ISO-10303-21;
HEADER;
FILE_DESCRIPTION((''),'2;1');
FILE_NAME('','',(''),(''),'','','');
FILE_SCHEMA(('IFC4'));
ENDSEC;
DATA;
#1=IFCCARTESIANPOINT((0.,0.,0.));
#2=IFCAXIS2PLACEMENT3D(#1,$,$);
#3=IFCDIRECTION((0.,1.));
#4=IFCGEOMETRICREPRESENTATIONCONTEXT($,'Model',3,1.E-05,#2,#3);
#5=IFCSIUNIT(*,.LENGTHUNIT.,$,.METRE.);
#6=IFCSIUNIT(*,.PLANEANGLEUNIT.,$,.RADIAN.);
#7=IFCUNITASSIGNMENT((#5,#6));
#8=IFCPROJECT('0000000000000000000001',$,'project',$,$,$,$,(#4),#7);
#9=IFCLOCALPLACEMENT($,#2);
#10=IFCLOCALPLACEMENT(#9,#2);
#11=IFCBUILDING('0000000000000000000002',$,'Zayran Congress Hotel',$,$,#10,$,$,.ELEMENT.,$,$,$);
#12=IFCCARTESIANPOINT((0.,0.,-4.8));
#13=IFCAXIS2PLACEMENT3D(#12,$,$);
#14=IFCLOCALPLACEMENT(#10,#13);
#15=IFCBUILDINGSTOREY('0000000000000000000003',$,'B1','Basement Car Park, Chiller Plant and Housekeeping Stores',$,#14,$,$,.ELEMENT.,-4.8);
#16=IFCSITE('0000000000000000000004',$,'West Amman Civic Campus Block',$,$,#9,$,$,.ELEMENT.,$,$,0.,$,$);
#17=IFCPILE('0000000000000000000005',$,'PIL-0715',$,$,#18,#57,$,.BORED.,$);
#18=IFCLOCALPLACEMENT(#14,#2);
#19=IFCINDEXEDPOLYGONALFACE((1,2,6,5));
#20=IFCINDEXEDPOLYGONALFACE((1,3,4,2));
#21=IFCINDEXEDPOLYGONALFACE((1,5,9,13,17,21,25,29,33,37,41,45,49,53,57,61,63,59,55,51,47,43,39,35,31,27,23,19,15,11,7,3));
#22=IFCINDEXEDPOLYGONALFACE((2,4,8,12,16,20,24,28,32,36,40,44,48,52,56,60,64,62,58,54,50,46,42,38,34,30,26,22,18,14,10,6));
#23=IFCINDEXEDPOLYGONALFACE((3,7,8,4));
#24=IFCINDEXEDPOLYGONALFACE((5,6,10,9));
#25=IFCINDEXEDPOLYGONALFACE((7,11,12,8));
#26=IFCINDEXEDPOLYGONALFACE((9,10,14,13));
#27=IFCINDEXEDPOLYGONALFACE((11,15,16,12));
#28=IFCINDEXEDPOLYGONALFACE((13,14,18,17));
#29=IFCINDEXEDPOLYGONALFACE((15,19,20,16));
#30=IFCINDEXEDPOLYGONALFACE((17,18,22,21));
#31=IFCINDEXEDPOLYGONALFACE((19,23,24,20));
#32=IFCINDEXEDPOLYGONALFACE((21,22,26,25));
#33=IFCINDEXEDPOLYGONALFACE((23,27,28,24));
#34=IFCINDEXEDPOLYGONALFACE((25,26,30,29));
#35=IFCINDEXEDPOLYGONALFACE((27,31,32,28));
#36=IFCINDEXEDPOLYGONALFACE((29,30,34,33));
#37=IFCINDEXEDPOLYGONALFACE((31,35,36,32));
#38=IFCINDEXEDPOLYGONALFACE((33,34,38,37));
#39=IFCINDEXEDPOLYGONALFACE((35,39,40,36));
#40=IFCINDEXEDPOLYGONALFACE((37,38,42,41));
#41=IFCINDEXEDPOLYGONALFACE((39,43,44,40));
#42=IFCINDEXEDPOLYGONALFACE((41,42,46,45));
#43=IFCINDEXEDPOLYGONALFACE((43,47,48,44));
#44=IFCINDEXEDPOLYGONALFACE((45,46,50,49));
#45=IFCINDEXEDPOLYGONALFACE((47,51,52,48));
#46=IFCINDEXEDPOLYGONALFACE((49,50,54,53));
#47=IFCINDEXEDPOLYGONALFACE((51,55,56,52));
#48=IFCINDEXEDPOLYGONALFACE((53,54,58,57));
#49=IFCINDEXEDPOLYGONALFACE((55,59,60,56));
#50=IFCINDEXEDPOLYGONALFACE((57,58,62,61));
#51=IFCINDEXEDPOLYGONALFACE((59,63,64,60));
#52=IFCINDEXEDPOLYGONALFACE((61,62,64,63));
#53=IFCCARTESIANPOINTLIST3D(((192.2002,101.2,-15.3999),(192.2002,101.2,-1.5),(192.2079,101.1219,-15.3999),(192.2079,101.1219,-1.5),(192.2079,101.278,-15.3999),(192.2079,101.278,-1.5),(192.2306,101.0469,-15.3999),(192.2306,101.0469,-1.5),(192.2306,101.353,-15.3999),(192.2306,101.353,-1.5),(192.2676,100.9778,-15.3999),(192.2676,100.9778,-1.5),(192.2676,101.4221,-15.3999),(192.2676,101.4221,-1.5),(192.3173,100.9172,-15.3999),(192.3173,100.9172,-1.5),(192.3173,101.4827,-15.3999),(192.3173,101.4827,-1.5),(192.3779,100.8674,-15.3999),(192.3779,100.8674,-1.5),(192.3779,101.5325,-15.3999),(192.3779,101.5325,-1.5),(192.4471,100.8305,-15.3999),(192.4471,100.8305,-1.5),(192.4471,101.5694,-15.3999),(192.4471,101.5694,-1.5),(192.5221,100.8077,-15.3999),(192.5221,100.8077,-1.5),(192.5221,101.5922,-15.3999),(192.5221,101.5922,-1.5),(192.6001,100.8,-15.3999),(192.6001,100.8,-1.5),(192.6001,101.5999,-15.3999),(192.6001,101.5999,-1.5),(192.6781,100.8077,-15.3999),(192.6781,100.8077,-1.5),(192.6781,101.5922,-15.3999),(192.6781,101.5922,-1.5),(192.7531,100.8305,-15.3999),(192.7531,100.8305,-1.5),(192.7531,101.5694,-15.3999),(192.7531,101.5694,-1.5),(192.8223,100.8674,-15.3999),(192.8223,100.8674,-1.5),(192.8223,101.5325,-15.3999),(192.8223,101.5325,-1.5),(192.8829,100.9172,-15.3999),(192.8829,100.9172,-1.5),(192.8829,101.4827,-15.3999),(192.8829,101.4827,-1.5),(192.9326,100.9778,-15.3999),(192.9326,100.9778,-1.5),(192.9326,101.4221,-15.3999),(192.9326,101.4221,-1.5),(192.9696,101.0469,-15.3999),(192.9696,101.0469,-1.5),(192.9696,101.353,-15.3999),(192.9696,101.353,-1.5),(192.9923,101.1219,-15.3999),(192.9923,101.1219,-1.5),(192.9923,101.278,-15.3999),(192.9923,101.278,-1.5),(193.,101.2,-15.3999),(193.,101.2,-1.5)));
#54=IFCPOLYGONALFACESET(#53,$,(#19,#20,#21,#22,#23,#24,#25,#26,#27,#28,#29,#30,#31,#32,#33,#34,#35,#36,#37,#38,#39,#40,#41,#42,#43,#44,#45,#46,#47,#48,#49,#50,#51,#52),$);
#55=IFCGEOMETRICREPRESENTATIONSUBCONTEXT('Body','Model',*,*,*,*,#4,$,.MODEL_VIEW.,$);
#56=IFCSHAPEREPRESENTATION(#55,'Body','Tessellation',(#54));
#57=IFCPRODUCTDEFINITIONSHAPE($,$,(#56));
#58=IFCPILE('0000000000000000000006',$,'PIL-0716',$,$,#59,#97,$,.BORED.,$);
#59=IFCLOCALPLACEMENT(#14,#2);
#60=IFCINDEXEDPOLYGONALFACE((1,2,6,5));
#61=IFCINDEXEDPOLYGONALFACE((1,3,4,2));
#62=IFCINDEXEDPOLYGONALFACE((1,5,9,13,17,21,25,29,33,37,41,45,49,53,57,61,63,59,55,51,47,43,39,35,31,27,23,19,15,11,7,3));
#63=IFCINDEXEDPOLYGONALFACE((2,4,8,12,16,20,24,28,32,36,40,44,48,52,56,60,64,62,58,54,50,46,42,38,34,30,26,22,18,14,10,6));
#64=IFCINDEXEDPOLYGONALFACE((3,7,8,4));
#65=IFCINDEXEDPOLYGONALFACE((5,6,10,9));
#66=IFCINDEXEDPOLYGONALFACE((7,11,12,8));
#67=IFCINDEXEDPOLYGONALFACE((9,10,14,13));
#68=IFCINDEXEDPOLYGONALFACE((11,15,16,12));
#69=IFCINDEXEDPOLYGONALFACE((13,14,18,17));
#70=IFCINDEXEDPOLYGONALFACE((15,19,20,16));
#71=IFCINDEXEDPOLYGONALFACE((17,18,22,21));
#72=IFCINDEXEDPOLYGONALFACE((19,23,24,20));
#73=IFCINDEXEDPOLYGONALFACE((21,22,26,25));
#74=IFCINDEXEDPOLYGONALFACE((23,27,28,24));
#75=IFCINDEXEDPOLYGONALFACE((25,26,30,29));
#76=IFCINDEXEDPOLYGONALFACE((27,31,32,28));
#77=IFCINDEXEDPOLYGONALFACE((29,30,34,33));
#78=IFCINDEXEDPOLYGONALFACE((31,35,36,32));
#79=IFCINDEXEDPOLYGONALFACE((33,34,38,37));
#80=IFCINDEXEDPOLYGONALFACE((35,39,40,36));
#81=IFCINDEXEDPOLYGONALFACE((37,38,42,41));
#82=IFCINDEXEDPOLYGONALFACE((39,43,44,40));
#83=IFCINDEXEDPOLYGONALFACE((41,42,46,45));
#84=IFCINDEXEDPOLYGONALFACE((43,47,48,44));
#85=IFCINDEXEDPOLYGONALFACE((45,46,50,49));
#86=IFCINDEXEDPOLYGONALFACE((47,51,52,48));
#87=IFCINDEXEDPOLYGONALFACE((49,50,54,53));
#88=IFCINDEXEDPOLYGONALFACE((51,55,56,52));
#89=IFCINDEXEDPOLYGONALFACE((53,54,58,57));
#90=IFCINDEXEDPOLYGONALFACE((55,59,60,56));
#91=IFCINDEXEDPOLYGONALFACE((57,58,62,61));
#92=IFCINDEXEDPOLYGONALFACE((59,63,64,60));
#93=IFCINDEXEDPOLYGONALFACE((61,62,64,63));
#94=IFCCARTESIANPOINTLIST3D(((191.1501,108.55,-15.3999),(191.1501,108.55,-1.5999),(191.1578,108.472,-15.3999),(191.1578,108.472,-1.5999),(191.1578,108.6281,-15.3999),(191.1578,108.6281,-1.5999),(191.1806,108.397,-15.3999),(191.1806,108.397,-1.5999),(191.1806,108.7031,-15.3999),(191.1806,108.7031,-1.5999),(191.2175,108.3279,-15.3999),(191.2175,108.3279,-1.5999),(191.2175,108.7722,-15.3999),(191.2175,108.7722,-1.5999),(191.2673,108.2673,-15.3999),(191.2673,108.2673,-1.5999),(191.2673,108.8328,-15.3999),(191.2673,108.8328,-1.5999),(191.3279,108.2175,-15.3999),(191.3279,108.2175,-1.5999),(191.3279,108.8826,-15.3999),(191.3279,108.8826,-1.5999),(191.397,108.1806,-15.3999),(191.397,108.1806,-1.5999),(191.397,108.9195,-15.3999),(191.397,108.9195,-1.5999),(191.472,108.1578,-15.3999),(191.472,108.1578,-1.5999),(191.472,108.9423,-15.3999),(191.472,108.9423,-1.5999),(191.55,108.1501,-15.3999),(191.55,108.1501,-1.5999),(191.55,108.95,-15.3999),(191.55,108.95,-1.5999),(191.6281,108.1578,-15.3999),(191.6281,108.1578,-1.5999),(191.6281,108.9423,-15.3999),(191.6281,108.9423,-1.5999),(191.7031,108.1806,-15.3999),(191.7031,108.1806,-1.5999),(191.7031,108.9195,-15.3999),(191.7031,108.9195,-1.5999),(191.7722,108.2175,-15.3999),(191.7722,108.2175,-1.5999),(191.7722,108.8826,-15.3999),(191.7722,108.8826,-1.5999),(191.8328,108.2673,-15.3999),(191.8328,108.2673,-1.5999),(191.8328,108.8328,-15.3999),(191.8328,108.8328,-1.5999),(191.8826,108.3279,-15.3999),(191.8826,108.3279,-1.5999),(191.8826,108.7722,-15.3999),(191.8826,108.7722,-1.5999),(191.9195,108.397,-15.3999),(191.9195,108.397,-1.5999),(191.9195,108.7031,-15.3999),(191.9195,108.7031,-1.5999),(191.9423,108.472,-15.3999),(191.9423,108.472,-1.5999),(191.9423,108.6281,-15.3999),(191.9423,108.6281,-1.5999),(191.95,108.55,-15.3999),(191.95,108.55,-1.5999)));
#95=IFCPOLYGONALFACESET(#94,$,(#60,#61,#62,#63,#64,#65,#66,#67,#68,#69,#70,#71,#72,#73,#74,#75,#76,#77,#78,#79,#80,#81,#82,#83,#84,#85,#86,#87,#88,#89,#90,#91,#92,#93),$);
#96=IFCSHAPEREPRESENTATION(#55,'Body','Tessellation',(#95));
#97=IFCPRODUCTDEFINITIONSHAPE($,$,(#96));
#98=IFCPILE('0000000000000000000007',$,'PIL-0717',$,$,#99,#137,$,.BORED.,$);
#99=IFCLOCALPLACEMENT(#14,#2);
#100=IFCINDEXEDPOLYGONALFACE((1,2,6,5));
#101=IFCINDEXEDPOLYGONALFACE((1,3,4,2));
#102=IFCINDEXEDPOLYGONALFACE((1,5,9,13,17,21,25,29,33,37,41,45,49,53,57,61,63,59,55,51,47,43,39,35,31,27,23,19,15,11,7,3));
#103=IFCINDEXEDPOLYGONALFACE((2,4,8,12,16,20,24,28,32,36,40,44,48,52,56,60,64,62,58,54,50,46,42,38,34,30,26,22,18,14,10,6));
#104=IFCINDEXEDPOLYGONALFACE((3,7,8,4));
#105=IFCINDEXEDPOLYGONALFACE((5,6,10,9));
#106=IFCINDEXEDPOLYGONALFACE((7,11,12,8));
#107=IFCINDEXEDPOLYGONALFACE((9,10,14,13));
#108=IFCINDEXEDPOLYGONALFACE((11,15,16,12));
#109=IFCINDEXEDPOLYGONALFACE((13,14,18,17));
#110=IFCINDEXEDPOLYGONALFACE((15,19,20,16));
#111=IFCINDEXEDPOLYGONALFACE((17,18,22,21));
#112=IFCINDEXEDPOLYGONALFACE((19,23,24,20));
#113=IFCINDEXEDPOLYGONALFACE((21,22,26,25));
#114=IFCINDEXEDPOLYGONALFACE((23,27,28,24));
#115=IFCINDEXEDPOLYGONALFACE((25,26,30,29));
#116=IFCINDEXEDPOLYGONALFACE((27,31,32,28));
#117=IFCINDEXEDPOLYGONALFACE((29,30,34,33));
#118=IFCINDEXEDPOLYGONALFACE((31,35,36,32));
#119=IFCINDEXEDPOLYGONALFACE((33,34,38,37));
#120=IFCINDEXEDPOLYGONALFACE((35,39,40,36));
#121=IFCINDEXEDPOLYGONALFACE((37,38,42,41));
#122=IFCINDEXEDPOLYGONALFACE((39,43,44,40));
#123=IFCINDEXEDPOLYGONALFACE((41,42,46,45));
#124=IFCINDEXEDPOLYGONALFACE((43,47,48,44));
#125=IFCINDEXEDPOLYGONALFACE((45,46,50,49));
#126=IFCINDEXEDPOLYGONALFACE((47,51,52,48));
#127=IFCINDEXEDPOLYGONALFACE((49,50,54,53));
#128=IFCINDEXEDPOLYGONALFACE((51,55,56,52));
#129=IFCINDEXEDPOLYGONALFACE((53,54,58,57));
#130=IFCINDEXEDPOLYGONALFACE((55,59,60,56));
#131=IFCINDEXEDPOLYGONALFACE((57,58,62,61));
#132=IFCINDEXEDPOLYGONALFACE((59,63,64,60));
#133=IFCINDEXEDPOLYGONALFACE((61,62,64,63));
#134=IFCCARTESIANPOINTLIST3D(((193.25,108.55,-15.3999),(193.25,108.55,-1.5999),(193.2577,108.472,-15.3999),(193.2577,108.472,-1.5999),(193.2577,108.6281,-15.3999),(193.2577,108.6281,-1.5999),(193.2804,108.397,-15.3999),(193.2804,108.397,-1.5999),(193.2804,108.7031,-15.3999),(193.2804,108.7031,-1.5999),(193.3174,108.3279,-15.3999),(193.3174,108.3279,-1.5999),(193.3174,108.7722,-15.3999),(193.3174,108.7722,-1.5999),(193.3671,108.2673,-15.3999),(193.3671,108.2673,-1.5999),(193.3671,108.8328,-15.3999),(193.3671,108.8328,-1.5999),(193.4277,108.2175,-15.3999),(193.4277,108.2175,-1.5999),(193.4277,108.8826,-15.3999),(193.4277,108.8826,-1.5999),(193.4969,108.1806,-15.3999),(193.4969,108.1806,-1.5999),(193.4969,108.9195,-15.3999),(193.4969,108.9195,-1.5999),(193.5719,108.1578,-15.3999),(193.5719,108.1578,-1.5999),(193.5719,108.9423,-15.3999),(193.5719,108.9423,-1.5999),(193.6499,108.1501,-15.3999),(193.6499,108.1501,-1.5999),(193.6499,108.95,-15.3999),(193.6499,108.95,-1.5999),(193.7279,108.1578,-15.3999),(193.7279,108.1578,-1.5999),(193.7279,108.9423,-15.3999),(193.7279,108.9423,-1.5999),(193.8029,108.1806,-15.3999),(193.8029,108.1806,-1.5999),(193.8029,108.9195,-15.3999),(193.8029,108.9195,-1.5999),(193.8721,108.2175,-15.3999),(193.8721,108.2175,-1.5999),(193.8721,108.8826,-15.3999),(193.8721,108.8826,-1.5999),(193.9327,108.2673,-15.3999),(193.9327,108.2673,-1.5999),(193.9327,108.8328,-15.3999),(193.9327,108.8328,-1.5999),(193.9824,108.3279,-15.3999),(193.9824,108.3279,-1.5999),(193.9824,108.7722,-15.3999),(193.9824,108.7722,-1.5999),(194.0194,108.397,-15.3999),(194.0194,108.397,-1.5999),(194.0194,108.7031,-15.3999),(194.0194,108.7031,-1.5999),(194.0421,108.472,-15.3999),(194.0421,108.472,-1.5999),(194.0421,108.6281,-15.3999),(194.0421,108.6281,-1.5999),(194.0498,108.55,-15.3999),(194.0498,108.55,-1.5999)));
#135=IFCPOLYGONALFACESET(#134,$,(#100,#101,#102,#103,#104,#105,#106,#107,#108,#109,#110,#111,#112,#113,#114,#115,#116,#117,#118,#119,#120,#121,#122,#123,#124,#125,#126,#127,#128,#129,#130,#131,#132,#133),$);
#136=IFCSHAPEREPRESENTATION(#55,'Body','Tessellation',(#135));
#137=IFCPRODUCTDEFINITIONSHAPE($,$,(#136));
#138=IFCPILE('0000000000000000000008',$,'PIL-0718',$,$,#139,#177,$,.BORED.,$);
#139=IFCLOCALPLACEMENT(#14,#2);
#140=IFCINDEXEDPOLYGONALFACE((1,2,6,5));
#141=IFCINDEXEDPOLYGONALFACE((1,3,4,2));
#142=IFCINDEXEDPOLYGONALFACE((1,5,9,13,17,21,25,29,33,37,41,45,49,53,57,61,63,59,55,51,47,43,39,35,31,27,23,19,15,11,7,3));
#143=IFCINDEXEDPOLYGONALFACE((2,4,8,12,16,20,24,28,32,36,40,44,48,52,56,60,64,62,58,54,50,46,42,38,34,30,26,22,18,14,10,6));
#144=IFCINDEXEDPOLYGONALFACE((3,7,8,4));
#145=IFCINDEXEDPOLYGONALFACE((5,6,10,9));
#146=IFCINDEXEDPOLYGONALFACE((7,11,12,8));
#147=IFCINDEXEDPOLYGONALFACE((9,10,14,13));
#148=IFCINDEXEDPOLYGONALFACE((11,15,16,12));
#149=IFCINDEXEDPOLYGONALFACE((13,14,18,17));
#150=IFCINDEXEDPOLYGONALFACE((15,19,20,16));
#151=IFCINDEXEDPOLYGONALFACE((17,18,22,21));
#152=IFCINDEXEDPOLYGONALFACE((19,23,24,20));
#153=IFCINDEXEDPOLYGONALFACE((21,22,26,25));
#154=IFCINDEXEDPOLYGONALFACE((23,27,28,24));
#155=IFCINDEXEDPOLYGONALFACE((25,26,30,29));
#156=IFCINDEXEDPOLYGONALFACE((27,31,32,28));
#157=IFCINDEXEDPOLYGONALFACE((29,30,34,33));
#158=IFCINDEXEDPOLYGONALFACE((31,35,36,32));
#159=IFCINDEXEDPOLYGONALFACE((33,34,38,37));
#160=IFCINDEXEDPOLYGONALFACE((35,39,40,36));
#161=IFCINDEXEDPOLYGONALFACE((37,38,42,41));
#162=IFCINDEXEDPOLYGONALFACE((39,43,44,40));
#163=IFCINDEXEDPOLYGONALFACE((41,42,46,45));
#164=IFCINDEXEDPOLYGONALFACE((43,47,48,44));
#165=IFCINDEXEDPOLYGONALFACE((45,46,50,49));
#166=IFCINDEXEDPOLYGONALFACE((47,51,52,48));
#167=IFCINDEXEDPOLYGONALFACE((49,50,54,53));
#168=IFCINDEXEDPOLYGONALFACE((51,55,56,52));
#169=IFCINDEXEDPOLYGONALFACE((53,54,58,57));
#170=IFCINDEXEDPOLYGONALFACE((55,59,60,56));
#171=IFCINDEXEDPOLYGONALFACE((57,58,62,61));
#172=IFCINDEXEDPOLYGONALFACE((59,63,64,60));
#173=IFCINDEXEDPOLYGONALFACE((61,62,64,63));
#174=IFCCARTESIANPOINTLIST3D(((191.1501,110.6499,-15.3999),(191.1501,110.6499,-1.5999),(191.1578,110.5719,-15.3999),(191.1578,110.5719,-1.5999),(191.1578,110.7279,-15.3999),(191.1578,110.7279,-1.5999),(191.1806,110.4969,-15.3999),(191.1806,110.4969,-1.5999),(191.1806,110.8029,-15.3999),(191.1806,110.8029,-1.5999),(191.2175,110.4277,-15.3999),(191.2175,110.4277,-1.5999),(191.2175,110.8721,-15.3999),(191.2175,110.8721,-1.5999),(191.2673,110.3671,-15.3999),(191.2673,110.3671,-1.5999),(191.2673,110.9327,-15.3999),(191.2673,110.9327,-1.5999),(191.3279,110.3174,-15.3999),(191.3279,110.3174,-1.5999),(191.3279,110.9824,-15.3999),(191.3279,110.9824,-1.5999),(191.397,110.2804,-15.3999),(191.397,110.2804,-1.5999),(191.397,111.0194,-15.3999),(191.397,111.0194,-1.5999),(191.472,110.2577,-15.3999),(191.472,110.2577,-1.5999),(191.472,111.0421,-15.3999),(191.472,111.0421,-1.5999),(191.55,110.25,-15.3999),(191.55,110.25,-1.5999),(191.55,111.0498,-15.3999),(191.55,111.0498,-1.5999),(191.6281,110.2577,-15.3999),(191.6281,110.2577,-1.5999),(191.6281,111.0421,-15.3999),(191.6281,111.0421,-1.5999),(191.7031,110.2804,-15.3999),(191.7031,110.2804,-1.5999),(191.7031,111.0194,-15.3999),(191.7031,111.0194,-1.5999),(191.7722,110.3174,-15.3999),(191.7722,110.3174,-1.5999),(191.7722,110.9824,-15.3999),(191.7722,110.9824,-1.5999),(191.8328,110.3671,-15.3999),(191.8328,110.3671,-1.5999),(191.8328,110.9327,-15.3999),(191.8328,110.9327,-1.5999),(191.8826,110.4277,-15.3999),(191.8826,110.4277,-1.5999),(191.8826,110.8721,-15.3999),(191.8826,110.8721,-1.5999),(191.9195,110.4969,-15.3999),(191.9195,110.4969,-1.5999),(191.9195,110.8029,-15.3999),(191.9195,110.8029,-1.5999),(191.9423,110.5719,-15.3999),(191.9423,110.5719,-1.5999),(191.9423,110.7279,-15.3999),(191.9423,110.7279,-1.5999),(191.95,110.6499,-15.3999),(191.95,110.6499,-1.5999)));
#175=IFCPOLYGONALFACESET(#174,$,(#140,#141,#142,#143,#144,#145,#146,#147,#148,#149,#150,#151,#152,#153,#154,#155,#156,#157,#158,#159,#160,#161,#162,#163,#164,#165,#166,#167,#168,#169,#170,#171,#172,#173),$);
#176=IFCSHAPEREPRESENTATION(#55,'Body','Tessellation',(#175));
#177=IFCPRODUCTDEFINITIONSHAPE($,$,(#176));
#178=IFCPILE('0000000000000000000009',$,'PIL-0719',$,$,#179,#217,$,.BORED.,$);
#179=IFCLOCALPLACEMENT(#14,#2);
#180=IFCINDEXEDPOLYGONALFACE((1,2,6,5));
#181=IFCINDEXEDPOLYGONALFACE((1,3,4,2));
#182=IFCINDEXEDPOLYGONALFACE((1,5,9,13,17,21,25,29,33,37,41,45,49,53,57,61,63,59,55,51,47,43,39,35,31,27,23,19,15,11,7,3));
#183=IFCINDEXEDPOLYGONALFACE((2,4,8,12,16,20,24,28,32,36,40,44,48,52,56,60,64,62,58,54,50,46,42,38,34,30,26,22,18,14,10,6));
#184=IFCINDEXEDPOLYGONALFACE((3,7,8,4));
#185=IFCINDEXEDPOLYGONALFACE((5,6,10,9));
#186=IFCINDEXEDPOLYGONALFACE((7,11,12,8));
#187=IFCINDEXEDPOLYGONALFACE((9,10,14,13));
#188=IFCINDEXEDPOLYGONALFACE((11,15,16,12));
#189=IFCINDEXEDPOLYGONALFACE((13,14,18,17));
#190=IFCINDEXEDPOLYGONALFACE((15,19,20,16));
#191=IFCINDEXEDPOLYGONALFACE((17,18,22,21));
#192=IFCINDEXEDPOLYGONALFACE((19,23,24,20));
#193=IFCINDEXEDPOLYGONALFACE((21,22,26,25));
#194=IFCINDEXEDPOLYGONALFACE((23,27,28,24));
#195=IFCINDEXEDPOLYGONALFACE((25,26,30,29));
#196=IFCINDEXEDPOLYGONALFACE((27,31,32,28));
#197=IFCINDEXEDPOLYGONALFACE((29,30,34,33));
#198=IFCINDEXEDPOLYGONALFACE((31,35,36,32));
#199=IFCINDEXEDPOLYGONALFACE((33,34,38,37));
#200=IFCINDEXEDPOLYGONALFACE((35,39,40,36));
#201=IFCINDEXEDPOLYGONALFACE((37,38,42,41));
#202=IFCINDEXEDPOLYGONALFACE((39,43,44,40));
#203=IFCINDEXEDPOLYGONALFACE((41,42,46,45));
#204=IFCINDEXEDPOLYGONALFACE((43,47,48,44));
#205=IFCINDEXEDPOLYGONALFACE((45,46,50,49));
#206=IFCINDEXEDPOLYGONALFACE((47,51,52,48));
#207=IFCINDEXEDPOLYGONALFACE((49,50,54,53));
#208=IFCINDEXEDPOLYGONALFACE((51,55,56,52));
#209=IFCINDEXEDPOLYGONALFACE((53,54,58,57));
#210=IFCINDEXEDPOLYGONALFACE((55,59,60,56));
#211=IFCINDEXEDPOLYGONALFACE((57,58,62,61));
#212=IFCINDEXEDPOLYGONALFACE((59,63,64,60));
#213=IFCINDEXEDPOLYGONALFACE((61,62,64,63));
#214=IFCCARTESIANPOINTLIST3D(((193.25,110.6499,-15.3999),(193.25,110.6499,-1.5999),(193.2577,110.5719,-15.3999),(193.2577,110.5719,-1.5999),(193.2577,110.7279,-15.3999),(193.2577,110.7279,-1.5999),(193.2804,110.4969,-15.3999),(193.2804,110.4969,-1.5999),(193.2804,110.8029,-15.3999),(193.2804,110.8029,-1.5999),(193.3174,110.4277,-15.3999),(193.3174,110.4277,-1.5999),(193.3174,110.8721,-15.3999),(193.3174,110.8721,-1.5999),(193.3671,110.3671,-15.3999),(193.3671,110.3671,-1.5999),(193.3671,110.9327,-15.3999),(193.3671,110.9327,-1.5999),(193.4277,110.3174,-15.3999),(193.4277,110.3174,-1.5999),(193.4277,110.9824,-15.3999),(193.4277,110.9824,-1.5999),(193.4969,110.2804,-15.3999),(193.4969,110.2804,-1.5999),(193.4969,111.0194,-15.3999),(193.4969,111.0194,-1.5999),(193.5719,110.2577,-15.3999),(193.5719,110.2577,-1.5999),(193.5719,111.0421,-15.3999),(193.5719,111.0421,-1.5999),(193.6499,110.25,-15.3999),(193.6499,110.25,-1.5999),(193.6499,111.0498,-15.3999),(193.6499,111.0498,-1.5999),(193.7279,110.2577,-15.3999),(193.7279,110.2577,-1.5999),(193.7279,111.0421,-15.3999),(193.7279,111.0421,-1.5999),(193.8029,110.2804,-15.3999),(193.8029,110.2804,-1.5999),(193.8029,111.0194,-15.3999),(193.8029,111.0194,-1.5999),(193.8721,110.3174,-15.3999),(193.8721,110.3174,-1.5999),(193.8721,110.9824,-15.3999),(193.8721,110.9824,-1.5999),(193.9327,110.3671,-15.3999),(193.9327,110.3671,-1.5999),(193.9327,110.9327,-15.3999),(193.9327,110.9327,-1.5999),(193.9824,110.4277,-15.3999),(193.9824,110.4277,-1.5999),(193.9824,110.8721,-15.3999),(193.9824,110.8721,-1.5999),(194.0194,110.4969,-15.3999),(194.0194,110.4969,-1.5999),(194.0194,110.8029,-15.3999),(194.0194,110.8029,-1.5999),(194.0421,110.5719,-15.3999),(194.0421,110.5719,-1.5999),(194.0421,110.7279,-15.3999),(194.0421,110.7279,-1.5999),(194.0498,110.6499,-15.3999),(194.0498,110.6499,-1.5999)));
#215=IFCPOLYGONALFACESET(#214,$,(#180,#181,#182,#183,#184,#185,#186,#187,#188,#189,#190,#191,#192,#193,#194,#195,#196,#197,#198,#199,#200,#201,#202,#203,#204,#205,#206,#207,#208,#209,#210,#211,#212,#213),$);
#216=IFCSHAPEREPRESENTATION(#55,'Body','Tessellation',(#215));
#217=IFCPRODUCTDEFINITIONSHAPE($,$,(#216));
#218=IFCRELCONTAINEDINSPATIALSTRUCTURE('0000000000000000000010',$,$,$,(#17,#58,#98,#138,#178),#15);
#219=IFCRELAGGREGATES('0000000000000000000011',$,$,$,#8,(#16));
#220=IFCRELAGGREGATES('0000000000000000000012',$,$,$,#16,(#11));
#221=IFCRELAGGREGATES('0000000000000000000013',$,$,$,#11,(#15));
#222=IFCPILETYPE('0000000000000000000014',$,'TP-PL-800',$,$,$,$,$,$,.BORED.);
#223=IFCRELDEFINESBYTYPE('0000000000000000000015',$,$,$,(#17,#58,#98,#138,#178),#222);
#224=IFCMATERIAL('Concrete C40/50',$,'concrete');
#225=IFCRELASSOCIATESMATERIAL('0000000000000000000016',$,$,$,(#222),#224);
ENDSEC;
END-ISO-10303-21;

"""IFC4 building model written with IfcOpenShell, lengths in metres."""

from ifc_helpers import new_model, si_unit, direction, frame, origin, origin_2d, place, context, subcontext, project, spatial, circle, extrude, material, material_profile, profile_set, type_object, element, save


model = new_model("IFC4")

# Units and contexts
model_context = context("Model", 3, precision=1e-05, world=origin(), true_north=direction((0.0, 1.0)))
body_context = subcontext(model_context, "Body", "Model", "MODEL_VIEW")
ifc_project = project(units=[si_unit("LENGTHUNIT", "METRE"), si_unit("PLANEANGLEUNIT", "RADIAN")], contexts=[model_context])

# Site, building, storey
site_placement = place(None, origin())
site = spatial("IfcSite", under=ifc_project, at=site_placement, Name="West Amman Civic Campus Block", CompositionType="ELEMENT", RefElevation=0.0)
building_placement = place(site_placement, origin())
building = spatial("IfcBuilding", under=site, at=building_placement, Name="Zayran Congress Hotel", CompositionType="ELEMENT")
storey_placement = place(building_placement, frame((0.0, 0.0, -4.8)))
storey = spatial("IfcBuildingStorey", under=building, at=storey_placement, Name="B1", Description="Basement Car Park, Chiller Plant and Housekeeping Stores", CompositionType="ELEMENT", Elevation=-4.8)

# Piles
ifc_material_1 = material(Name="Concrete C40/50", Category="concrete")
ifc_material_profile_1 = material_profile(ifc_material_1, circle(Radius=0.3999, at=origin_2d()), Name="PILE D800")
ifc_profile_set_1 = profile_set([ifc_material_profile_1], Name="Concrete C40/50")
pile_type = type_object("IfcPileType", Name="TP-PL-800", PredefinedType="BORED", material=ifc_profile_set_1)
pile_placement = place(storey_placement, frame((192.6001, 101.2, -1.5), z_axis=(0.0, 0.0, -1.0), x_axis=(1.0, 0.0, 0.0)))
element("IfcPile", 1, at=pile_placement, inside=storey, type_object=pile_type, Name="PIL-0715", PredefinedType="BORED", context=body_context, shape_type="SweptSolid", body=[
    extrude(circle(Radius=0.3999, at=origin_2d()), origin(), (0.0, 0.0, 1.0), 13.8999),
])
for number, where, z_axis, x_axis, name in (
    (2, (191.55, 108.55, -1.5999), (0.0, 0.0, -1.0), (1.0, 0.0, 0.0), "PIL-0716"),
    (3, (193.6499, 108.55, -1.5999), (0.0, 0.0, -1.0), (1.0, 0.0, 0.0), "PIL-0717"),
    (4, (191.55, 110.6499, -1.5999), (0.0, 0.0, -1.0), (1.0, 0.0, 0.0), "PIL-0718"),
    (5, (193.6499, 110.6499, -1.5999), (0.0, 0.0, -1.0), (1.0, 0.0, 0.0), "PIL-0719"),
):
    element("IfcPile", number, at=place(storey_placement, frame(where, z_axis=z_axis, x_axis=x_axis)), inside=storey, type_object=pile_type, Name=name, PredefinedType="BORED", context=body_context, shape_type="SweptSolid", body=[
        extrude(circle(Radius=0.3999, at=origin_2d()), origin(), (0.0, 0.0, 1.0), 13.8),
    ])

save(model, "model.ifc")
